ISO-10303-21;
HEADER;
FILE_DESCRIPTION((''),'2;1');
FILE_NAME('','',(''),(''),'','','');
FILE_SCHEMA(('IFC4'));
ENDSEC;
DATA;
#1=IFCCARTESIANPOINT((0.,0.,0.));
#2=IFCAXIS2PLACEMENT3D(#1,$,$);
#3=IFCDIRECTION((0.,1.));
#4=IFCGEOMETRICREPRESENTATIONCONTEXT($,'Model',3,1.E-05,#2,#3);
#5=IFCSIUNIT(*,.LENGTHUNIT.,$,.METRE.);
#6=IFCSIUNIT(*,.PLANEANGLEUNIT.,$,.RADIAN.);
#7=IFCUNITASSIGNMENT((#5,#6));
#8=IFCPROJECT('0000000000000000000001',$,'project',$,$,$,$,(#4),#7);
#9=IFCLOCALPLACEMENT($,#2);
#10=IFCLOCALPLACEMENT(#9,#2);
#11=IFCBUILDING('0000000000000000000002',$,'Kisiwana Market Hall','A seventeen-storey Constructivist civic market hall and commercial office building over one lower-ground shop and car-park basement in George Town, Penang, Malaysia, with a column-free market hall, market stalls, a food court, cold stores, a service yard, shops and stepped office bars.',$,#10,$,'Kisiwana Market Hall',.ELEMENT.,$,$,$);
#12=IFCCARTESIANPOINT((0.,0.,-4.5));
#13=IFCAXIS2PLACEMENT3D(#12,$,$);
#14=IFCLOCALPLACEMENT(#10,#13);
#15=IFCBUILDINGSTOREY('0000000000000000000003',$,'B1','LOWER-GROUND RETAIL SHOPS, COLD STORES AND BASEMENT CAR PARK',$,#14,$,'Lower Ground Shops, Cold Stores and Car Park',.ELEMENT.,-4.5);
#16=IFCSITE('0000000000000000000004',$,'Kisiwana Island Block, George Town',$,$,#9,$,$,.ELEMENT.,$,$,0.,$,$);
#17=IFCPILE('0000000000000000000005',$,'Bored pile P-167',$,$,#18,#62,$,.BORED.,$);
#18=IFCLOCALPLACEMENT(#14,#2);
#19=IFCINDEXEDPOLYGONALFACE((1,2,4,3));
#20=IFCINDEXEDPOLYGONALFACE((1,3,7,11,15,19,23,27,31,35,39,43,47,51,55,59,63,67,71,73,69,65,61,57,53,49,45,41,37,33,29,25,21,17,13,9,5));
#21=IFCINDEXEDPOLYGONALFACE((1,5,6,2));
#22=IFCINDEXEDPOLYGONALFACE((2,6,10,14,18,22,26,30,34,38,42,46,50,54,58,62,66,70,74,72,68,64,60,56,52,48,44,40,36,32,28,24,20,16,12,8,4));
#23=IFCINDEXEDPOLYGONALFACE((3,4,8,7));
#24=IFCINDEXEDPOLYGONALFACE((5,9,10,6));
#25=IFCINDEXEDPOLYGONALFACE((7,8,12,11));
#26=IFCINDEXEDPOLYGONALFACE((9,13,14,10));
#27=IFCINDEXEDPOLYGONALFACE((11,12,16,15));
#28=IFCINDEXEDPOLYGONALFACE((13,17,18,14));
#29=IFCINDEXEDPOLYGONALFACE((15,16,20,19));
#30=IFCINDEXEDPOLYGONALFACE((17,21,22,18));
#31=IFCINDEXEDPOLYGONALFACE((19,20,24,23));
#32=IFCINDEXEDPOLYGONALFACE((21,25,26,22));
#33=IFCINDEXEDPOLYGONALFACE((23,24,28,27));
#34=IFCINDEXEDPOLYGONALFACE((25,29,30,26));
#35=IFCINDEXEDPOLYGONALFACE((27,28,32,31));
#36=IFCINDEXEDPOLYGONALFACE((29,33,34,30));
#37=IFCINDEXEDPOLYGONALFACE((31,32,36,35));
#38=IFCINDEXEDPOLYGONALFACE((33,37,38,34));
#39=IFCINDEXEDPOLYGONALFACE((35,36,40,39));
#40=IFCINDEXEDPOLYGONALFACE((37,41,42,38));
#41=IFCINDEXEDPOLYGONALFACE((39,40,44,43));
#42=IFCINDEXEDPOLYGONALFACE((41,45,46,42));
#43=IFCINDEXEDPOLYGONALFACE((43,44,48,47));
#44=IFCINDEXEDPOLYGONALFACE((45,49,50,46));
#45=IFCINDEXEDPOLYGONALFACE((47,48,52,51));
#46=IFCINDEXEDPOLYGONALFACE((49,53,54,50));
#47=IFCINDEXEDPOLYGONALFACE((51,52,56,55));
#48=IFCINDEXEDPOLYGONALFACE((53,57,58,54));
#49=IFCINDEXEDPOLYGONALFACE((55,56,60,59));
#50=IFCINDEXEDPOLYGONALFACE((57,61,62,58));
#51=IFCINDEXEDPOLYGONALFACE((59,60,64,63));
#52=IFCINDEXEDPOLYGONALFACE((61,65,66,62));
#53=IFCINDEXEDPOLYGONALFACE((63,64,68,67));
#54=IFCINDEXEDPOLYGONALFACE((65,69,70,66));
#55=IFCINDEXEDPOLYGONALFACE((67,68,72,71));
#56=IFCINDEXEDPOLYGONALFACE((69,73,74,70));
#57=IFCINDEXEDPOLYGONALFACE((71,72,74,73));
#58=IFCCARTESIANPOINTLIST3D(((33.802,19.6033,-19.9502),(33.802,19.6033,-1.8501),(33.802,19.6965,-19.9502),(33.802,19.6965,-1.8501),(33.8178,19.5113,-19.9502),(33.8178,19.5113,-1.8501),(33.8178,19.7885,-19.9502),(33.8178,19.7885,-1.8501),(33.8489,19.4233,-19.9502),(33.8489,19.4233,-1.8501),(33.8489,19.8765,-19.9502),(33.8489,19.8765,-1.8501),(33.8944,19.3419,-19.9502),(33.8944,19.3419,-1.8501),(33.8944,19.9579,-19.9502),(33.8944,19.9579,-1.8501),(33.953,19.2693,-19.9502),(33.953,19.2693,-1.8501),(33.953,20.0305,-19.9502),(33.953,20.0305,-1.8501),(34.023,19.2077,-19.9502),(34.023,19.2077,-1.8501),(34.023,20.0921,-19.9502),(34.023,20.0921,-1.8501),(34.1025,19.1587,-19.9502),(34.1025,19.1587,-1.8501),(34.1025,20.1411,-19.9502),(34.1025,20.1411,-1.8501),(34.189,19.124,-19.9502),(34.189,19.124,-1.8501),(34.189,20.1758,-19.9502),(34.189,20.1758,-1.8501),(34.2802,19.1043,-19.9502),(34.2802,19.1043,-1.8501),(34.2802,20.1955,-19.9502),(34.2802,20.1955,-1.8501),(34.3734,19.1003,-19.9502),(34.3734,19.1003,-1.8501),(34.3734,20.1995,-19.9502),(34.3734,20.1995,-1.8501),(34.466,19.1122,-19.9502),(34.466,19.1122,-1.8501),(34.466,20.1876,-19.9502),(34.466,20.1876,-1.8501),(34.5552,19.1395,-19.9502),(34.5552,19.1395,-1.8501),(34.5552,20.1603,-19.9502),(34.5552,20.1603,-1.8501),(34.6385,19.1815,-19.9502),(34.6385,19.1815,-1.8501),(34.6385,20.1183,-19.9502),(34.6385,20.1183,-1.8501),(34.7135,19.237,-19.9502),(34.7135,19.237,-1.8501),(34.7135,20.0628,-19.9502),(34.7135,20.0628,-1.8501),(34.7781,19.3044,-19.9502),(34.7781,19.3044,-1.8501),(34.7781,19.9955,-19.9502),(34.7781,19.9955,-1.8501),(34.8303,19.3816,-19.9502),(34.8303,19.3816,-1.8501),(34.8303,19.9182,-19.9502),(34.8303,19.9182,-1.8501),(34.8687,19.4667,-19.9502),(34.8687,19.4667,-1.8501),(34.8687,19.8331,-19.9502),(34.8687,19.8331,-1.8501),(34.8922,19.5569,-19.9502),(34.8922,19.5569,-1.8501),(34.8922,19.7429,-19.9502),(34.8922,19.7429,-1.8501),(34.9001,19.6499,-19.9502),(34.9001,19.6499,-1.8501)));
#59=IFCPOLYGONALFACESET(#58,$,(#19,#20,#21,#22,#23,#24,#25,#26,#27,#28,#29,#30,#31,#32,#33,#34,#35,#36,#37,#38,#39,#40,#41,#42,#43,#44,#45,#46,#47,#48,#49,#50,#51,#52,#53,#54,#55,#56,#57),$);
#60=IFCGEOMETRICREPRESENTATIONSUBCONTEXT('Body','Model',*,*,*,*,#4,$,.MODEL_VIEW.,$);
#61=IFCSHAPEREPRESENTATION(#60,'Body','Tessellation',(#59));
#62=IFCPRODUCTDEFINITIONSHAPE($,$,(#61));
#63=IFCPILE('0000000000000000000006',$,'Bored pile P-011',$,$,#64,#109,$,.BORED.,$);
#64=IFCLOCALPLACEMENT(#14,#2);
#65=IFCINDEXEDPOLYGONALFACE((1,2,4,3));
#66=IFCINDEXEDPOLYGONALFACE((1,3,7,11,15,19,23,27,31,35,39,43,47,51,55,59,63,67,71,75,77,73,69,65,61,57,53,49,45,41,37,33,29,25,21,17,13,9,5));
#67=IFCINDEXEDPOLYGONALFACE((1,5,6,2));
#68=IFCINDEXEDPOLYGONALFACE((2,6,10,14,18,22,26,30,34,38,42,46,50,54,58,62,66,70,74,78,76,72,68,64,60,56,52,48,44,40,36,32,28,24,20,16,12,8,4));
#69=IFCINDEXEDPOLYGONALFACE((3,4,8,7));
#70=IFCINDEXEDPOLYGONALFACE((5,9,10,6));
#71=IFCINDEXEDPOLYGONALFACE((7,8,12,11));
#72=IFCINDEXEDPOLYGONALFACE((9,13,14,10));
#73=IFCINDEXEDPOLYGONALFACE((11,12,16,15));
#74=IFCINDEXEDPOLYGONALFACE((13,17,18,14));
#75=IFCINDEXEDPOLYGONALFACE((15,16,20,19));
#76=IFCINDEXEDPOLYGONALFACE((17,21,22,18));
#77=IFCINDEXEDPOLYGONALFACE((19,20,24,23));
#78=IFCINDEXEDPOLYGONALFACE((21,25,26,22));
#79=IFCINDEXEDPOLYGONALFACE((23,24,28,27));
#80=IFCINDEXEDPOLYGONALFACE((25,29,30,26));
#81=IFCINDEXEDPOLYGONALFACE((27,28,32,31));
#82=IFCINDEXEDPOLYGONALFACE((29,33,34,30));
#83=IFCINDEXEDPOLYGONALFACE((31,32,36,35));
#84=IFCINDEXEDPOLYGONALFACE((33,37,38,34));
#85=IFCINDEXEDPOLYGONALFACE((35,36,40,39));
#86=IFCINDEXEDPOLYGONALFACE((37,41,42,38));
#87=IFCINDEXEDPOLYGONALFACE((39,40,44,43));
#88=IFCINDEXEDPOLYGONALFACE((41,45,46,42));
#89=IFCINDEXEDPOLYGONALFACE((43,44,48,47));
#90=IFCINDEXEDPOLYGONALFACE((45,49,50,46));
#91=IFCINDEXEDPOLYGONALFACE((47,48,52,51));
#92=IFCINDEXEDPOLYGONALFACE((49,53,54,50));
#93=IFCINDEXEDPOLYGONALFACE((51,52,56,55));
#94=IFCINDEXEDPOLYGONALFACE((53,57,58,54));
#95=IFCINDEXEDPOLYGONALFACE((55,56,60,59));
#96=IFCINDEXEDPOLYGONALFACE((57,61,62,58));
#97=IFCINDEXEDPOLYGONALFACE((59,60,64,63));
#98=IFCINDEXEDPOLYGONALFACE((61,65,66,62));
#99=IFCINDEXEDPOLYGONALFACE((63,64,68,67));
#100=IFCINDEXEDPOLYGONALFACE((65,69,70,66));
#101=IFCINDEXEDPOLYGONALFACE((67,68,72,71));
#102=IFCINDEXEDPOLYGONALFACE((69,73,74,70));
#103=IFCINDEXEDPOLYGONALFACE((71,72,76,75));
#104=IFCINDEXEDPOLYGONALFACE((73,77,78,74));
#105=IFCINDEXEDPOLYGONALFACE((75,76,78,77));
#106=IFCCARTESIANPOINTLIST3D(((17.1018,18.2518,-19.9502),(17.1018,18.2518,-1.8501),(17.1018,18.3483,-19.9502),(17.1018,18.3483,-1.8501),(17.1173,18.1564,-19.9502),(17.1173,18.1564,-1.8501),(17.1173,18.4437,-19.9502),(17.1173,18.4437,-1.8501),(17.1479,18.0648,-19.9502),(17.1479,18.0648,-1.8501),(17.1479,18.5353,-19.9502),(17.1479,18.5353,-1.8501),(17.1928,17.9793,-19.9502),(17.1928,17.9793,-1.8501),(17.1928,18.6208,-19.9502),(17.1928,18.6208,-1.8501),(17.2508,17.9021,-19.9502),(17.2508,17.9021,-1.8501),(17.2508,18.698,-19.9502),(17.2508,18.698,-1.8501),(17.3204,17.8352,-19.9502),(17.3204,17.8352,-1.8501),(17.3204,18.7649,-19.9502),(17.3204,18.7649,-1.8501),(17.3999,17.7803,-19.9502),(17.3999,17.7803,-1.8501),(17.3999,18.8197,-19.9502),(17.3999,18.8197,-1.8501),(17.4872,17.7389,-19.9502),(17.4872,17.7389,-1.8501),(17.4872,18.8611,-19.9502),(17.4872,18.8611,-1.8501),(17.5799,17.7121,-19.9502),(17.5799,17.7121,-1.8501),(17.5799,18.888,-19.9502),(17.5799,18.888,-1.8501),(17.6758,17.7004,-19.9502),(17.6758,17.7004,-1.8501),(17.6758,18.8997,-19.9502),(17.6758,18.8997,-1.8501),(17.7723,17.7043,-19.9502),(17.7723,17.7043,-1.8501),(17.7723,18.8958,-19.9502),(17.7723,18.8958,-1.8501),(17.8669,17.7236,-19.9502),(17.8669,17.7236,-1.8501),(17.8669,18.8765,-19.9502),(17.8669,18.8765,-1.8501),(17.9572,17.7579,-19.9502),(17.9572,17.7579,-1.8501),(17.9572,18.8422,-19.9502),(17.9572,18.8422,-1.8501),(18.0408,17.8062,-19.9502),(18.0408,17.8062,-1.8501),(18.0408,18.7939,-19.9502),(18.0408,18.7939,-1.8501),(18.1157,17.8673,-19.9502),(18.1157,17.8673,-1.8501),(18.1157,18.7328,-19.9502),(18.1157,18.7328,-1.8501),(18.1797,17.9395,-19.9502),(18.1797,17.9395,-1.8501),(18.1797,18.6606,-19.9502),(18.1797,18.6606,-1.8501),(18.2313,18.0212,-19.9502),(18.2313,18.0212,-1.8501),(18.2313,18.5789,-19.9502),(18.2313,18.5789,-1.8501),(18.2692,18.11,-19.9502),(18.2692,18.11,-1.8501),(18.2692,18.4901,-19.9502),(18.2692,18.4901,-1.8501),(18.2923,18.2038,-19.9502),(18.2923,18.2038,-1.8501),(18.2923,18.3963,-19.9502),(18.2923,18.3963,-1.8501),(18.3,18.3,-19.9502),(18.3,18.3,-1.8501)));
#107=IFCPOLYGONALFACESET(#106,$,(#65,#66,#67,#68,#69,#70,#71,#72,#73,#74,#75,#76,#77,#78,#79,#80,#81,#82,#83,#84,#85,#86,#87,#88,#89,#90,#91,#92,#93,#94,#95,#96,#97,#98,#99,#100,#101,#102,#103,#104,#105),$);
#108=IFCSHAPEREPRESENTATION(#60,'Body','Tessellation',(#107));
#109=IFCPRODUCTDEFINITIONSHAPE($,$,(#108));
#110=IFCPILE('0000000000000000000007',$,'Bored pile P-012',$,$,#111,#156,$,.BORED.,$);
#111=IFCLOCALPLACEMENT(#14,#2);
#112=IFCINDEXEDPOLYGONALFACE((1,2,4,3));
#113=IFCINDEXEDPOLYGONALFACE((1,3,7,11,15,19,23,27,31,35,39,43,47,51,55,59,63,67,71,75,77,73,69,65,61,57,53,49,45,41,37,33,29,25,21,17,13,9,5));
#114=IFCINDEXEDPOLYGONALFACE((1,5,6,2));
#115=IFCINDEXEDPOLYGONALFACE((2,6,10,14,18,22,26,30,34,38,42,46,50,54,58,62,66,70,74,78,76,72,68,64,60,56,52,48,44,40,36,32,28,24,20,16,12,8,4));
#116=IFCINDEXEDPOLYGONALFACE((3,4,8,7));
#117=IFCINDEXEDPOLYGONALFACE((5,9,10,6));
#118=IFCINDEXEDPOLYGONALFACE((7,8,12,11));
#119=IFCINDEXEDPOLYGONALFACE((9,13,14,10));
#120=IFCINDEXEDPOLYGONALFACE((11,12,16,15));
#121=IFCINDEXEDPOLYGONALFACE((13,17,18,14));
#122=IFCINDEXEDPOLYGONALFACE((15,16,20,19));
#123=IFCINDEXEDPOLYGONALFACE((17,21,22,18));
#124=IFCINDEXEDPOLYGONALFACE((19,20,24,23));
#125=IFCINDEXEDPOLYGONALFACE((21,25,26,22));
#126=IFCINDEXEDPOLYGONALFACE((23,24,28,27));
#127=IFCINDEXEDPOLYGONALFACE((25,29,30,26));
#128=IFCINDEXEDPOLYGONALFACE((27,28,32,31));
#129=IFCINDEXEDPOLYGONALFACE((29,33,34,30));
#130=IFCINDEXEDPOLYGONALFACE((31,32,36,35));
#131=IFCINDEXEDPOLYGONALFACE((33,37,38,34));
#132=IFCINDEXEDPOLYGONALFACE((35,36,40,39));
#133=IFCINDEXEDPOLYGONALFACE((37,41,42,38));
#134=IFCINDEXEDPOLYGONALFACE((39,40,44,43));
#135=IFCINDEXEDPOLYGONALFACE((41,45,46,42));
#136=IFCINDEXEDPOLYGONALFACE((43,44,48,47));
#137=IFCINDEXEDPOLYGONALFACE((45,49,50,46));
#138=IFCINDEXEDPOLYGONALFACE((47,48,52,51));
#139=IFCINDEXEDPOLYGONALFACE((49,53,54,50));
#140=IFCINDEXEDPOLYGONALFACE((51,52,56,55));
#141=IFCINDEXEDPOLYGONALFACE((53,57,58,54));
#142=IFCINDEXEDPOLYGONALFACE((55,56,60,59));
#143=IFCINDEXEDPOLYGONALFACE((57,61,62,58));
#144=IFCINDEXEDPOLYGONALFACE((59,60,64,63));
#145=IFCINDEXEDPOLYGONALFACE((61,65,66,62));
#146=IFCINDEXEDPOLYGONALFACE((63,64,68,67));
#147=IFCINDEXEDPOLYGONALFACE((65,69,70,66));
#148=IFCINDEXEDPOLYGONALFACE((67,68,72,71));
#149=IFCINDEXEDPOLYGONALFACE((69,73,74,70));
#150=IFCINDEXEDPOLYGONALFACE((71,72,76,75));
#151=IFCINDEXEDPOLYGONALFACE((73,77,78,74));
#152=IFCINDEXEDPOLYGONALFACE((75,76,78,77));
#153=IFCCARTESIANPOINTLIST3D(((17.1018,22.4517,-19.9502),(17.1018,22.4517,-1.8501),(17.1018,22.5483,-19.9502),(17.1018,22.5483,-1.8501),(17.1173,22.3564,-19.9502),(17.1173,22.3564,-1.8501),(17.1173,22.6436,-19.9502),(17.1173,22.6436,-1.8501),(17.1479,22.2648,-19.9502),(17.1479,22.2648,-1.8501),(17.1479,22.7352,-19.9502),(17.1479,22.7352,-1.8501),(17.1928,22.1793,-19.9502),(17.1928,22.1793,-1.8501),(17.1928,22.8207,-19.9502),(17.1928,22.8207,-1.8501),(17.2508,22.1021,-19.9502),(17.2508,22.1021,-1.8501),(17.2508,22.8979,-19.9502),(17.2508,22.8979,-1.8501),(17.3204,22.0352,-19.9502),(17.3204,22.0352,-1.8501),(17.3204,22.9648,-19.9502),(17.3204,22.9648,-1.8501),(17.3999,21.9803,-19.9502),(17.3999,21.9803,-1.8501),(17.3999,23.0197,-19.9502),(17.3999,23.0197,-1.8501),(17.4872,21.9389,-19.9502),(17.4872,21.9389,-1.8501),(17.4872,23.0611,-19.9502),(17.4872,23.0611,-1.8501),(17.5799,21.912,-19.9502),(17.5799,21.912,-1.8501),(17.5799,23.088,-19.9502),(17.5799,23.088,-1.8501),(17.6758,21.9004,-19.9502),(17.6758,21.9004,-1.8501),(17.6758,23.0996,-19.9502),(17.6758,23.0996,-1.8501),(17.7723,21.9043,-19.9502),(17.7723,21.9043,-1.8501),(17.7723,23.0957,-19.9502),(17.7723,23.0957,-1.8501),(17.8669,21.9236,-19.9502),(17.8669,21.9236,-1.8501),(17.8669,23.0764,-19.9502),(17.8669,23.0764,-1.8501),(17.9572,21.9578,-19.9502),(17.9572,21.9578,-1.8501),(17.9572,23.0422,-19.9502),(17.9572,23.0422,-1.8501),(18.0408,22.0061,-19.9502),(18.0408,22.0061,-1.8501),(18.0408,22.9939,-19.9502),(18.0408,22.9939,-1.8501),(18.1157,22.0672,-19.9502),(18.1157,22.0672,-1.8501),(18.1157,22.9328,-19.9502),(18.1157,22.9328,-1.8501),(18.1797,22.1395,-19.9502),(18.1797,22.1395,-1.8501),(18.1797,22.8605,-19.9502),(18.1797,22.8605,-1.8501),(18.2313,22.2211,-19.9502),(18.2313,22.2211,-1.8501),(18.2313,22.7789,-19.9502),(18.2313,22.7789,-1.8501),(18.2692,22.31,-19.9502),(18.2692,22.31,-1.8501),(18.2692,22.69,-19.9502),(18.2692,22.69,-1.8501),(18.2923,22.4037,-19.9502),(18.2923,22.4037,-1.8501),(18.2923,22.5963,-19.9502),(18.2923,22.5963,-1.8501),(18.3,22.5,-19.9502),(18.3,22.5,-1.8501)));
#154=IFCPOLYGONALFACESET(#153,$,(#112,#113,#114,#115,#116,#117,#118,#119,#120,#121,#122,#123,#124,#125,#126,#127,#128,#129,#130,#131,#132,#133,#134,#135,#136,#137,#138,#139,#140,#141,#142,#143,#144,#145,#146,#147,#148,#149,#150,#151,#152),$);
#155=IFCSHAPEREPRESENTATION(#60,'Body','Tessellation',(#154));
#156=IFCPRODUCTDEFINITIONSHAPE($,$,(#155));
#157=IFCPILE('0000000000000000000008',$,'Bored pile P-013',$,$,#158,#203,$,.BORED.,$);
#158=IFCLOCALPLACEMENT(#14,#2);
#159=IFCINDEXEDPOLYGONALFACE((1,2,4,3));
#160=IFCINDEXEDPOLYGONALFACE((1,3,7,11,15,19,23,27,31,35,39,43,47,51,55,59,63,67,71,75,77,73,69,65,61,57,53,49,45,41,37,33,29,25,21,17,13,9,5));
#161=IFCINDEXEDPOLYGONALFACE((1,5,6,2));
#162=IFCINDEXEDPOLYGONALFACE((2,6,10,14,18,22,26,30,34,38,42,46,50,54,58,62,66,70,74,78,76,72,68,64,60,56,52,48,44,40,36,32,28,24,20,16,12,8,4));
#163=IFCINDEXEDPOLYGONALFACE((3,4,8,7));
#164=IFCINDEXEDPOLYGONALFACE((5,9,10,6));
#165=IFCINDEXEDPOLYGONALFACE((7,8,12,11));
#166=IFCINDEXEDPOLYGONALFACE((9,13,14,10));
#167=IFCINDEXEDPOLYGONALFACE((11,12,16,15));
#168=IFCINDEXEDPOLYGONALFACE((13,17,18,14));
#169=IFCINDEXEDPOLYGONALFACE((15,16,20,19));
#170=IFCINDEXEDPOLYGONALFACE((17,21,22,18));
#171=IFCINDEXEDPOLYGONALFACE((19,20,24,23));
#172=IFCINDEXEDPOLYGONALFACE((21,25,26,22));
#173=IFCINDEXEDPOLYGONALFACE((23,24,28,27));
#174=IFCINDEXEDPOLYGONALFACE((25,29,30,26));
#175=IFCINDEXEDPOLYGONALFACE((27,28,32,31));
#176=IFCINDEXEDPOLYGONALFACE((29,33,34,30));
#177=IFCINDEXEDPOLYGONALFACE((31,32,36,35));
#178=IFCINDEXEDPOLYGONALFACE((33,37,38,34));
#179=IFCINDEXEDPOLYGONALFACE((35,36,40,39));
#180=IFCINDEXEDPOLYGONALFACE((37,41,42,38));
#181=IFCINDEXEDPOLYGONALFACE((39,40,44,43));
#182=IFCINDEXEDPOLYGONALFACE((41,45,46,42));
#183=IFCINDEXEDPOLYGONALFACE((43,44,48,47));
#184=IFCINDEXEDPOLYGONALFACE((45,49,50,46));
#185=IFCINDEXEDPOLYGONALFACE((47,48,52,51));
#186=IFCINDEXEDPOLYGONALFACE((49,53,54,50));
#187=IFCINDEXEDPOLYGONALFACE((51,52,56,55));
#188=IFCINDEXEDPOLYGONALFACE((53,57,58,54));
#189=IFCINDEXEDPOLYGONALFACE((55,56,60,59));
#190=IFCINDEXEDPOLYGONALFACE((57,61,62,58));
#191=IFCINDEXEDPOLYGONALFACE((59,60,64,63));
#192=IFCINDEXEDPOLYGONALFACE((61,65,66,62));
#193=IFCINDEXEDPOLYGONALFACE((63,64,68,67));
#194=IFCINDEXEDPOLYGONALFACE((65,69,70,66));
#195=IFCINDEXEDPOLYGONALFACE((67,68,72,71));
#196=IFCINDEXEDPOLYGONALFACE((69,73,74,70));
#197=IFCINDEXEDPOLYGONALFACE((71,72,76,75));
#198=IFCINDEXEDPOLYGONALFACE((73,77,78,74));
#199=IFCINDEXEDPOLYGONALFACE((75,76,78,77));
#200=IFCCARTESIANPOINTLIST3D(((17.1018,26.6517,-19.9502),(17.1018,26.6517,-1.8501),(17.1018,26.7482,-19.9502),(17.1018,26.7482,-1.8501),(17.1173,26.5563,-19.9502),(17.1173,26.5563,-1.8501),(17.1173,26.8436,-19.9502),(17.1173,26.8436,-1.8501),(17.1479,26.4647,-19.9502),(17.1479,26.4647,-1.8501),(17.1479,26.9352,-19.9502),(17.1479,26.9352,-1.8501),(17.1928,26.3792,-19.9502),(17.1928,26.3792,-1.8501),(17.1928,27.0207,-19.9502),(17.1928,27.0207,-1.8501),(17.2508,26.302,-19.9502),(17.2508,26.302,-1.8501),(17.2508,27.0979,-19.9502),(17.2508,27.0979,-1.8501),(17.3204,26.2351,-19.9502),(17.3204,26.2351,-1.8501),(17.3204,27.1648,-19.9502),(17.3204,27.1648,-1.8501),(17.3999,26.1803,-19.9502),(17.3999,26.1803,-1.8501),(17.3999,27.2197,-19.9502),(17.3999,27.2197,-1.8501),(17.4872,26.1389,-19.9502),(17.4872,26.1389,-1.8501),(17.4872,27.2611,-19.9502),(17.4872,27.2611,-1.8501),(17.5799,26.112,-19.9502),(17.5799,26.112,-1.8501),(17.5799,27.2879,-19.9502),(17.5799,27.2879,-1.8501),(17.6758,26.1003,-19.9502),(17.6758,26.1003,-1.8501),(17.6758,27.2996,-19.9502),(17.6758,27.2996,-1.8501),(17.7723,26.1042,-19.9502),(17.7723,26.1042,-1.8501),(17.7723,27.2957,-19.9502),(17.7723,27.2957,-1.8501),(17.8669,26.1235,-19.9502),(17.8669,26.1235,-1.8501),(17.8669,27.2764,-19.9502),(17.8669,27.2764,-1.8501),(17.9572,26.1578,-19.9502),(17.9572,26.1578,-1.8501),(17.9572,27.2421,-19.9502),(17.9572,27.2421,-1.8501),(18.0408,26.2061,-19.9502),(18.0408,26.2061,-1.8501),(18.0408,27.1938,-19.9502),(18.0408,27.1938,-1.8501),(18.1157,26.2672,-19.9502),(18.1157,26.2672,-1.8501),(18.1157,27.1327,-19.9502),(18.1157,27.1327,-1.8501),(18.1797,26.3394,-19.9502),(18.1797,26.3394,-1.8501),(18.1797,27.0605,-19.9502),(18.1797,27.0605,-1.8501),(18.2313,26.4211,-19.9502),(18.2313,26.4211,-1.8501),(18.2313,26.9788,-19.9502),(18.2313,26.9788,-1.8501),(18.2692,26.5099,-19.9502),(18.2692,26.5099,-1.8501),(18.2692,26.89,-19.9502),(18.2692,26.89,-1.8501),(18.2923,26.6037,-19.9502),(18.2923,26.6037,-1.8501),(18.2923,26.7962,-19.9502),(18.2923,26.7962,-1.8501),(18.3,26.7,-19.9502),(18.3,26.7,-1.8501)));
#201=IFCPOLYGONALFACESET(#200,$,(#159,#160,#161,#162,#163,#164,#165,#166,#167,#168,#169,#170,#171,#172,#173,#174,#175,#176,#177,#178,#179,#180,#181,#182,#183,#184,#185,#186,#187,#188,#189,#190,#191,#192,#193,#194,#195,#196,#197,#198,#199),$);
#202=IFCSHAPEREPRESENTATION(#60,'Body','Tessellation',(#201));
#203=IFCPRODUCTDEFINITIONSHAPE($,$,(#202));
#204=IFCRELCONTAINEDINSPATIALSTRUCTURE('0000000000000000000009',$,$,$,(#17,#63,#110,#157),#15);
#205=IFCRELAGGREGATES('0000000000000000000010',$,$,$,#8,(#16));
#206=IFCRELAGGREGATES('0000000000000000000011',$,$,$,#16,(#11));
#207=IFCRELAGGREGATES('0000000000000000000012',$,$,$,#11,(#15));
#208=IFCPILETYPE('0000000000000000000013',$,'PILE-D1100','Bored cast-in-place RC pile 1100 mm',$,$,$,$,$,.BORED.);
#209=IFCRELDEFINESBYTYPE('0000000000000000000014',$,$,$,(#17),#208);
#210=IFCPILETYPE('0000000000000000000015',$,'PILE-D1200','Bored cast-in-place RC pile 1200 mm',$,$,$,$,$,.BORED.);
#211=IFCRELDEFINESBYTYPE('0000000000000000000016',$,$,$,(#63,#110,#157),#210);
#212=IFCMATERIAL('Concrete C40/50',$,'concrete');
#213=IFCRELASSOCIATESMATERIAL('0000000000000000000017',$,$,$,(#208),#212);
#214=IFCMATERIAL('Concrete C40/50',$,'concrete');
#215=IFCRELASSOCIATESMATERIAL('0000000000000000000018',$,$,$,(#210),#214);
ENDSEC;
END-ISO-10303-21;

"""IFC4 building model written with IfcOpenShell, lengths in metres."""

from ifc_helpers import new_model, si_unit, direction, frame, origin, origin_2d, place, context, subcontext, project, spatial, circle, extrude, material, material_profile, profile_set, type_object, element, save


model = new_model("IFC4")

# Units and contexts
model_context = context("Model", 3, precision=1e-05, world=origin(), true_north=direction((0.0, 1.0)))
body_context = subcontext(model_context, "Body", "Model", "MODEL_VIEW")
ifc_project = project(units=[si_unit("LENGTHUNIT", "METRE"), si_unit("PLANEANGLEUNIT", "RADIAN")], contexts=[model_context])

# Site, building, storey
site_placement = place(None, origin())
site = spatial("IfcSite", under=ifc_project, at=site_placement, Name="Kisiwana Island Block, George Town", CompositionType="ELEMENT", RefElevation=0.0)
building_placement = place(site_placement, origin())
building = spatial("IfcBuilding", under=site, at=building_placement, Name="Kisiwana Market Hall", Description="A seventeen-storey Constructivist civic market hall and commercial office building over one lower-ground shop and car-park basement in George Town, Penang, Malaysia, with a column-free market hall, market stalls, a food court, cold stores, a service yard, shops and stepped office bars.", LongName="Kisiwana Market Hall", CompositionType="ELEMENT")
storey_placement = place(building_placement, frame((0.0, 0.0, -4.5)))
storey = spatial("IfcBuildingStorey", under=building, at=storey_placement, Name="B1", Description="LOWER-GROUND RETAIL SHOPS, COLD STORES AND BASEMENT CAR PARK", LongName="Lower Ground Shops, Cold Stores and Car Park", CompositionType="ELEMENT", Elevation=-4.5)

# Piles
ifc_material_1 = material(Name="Concrete C40/50", Category="concrete")
ifc_material_profile_1 = material_profile(ifc_material_1, circle(Radius=0.55, at=origin_2d()), Name="BP D1100")
ifc_profile_set_1 = profile_set([ifc_material_profile_1], Name="Concrete C40/50")
pile_type_1 = type_object("IfcPileType", Name="PILE-D1100", Description="Bored cast-in-place RC pile 1100 mm", PredefinedType="BORED", material=ifc_profile_set_1)
for number, where, z_axis, x_axis, name in (
    (1, (34.3501, 19.6499, -1.8501), (0.0, 0.0, -1.0), (1.0, 0.0, 0.0), "Bored pile P-167"),
):
    element("IfcPile", number, at=place(storey_placement, frame(where, z_axis=z_axis, x_axis=x_axis)), inside=storey, type_object=pile_type_1, Name=name, PredefinedType="BORED", context=body_context, shape_type="SweptSolid", body=[
        extrude(circle(Radius=0.55, at=origin_2d()), origin(), (0.0, 0.0, 1.0), 18.1001),
    ])
ifc_material_2 = material(Name="Concrete C40/50", Category="concrete")
ifc_material_profile_2 = material_profile(ifc_material_2, circle(Radius=0.6001, at=origin_2d()), Name="BP D1200")
ifc_profile_set_2 = profile_set([ifc_material_profile_2], Name="Concrete C40/50")
pile_type_2 = type_object("IfcPileType", Name="PILE-D1200", Description="Bored cast-in-place RC pile 1200 mm", PredefinedType="BORED", material=ifc_profile_set_2)
for number, where, z_axis, x_axis, name in (
    (2, (17.7, 18.3, -1.8501), (0.0, 0.0, -1.0), (1.0, 0.0, 0.0), "Bored pile P-011"),
    (3, (17.7, 22.5, -1.8501), (0.0, 0.0, -1.0), (1.0, 0.0, 0.0), "Bored pile P-012"),
    (4, (17.7, 26.7, -1.8501), (0.0, 0.0, -1.0), (1.0, 0.0, 0.0), "Bored pile P-013"),
):
    element("IfcPile", number, at=place(storey_placement, frame(where, z_axis=z_axis, x_axis=x_axis)), inside=storey, type_object=pile_type_2, Name=name, PredefinedType="BORED", context=body_context, shape_type="SweptSolid", body=[
        extrude(circle(Radius=0.6001, at=origin_2d()), origin(), (0.0, 0.0, 1.0), 18.1001),
    ])

save(model, "model.ifc")
